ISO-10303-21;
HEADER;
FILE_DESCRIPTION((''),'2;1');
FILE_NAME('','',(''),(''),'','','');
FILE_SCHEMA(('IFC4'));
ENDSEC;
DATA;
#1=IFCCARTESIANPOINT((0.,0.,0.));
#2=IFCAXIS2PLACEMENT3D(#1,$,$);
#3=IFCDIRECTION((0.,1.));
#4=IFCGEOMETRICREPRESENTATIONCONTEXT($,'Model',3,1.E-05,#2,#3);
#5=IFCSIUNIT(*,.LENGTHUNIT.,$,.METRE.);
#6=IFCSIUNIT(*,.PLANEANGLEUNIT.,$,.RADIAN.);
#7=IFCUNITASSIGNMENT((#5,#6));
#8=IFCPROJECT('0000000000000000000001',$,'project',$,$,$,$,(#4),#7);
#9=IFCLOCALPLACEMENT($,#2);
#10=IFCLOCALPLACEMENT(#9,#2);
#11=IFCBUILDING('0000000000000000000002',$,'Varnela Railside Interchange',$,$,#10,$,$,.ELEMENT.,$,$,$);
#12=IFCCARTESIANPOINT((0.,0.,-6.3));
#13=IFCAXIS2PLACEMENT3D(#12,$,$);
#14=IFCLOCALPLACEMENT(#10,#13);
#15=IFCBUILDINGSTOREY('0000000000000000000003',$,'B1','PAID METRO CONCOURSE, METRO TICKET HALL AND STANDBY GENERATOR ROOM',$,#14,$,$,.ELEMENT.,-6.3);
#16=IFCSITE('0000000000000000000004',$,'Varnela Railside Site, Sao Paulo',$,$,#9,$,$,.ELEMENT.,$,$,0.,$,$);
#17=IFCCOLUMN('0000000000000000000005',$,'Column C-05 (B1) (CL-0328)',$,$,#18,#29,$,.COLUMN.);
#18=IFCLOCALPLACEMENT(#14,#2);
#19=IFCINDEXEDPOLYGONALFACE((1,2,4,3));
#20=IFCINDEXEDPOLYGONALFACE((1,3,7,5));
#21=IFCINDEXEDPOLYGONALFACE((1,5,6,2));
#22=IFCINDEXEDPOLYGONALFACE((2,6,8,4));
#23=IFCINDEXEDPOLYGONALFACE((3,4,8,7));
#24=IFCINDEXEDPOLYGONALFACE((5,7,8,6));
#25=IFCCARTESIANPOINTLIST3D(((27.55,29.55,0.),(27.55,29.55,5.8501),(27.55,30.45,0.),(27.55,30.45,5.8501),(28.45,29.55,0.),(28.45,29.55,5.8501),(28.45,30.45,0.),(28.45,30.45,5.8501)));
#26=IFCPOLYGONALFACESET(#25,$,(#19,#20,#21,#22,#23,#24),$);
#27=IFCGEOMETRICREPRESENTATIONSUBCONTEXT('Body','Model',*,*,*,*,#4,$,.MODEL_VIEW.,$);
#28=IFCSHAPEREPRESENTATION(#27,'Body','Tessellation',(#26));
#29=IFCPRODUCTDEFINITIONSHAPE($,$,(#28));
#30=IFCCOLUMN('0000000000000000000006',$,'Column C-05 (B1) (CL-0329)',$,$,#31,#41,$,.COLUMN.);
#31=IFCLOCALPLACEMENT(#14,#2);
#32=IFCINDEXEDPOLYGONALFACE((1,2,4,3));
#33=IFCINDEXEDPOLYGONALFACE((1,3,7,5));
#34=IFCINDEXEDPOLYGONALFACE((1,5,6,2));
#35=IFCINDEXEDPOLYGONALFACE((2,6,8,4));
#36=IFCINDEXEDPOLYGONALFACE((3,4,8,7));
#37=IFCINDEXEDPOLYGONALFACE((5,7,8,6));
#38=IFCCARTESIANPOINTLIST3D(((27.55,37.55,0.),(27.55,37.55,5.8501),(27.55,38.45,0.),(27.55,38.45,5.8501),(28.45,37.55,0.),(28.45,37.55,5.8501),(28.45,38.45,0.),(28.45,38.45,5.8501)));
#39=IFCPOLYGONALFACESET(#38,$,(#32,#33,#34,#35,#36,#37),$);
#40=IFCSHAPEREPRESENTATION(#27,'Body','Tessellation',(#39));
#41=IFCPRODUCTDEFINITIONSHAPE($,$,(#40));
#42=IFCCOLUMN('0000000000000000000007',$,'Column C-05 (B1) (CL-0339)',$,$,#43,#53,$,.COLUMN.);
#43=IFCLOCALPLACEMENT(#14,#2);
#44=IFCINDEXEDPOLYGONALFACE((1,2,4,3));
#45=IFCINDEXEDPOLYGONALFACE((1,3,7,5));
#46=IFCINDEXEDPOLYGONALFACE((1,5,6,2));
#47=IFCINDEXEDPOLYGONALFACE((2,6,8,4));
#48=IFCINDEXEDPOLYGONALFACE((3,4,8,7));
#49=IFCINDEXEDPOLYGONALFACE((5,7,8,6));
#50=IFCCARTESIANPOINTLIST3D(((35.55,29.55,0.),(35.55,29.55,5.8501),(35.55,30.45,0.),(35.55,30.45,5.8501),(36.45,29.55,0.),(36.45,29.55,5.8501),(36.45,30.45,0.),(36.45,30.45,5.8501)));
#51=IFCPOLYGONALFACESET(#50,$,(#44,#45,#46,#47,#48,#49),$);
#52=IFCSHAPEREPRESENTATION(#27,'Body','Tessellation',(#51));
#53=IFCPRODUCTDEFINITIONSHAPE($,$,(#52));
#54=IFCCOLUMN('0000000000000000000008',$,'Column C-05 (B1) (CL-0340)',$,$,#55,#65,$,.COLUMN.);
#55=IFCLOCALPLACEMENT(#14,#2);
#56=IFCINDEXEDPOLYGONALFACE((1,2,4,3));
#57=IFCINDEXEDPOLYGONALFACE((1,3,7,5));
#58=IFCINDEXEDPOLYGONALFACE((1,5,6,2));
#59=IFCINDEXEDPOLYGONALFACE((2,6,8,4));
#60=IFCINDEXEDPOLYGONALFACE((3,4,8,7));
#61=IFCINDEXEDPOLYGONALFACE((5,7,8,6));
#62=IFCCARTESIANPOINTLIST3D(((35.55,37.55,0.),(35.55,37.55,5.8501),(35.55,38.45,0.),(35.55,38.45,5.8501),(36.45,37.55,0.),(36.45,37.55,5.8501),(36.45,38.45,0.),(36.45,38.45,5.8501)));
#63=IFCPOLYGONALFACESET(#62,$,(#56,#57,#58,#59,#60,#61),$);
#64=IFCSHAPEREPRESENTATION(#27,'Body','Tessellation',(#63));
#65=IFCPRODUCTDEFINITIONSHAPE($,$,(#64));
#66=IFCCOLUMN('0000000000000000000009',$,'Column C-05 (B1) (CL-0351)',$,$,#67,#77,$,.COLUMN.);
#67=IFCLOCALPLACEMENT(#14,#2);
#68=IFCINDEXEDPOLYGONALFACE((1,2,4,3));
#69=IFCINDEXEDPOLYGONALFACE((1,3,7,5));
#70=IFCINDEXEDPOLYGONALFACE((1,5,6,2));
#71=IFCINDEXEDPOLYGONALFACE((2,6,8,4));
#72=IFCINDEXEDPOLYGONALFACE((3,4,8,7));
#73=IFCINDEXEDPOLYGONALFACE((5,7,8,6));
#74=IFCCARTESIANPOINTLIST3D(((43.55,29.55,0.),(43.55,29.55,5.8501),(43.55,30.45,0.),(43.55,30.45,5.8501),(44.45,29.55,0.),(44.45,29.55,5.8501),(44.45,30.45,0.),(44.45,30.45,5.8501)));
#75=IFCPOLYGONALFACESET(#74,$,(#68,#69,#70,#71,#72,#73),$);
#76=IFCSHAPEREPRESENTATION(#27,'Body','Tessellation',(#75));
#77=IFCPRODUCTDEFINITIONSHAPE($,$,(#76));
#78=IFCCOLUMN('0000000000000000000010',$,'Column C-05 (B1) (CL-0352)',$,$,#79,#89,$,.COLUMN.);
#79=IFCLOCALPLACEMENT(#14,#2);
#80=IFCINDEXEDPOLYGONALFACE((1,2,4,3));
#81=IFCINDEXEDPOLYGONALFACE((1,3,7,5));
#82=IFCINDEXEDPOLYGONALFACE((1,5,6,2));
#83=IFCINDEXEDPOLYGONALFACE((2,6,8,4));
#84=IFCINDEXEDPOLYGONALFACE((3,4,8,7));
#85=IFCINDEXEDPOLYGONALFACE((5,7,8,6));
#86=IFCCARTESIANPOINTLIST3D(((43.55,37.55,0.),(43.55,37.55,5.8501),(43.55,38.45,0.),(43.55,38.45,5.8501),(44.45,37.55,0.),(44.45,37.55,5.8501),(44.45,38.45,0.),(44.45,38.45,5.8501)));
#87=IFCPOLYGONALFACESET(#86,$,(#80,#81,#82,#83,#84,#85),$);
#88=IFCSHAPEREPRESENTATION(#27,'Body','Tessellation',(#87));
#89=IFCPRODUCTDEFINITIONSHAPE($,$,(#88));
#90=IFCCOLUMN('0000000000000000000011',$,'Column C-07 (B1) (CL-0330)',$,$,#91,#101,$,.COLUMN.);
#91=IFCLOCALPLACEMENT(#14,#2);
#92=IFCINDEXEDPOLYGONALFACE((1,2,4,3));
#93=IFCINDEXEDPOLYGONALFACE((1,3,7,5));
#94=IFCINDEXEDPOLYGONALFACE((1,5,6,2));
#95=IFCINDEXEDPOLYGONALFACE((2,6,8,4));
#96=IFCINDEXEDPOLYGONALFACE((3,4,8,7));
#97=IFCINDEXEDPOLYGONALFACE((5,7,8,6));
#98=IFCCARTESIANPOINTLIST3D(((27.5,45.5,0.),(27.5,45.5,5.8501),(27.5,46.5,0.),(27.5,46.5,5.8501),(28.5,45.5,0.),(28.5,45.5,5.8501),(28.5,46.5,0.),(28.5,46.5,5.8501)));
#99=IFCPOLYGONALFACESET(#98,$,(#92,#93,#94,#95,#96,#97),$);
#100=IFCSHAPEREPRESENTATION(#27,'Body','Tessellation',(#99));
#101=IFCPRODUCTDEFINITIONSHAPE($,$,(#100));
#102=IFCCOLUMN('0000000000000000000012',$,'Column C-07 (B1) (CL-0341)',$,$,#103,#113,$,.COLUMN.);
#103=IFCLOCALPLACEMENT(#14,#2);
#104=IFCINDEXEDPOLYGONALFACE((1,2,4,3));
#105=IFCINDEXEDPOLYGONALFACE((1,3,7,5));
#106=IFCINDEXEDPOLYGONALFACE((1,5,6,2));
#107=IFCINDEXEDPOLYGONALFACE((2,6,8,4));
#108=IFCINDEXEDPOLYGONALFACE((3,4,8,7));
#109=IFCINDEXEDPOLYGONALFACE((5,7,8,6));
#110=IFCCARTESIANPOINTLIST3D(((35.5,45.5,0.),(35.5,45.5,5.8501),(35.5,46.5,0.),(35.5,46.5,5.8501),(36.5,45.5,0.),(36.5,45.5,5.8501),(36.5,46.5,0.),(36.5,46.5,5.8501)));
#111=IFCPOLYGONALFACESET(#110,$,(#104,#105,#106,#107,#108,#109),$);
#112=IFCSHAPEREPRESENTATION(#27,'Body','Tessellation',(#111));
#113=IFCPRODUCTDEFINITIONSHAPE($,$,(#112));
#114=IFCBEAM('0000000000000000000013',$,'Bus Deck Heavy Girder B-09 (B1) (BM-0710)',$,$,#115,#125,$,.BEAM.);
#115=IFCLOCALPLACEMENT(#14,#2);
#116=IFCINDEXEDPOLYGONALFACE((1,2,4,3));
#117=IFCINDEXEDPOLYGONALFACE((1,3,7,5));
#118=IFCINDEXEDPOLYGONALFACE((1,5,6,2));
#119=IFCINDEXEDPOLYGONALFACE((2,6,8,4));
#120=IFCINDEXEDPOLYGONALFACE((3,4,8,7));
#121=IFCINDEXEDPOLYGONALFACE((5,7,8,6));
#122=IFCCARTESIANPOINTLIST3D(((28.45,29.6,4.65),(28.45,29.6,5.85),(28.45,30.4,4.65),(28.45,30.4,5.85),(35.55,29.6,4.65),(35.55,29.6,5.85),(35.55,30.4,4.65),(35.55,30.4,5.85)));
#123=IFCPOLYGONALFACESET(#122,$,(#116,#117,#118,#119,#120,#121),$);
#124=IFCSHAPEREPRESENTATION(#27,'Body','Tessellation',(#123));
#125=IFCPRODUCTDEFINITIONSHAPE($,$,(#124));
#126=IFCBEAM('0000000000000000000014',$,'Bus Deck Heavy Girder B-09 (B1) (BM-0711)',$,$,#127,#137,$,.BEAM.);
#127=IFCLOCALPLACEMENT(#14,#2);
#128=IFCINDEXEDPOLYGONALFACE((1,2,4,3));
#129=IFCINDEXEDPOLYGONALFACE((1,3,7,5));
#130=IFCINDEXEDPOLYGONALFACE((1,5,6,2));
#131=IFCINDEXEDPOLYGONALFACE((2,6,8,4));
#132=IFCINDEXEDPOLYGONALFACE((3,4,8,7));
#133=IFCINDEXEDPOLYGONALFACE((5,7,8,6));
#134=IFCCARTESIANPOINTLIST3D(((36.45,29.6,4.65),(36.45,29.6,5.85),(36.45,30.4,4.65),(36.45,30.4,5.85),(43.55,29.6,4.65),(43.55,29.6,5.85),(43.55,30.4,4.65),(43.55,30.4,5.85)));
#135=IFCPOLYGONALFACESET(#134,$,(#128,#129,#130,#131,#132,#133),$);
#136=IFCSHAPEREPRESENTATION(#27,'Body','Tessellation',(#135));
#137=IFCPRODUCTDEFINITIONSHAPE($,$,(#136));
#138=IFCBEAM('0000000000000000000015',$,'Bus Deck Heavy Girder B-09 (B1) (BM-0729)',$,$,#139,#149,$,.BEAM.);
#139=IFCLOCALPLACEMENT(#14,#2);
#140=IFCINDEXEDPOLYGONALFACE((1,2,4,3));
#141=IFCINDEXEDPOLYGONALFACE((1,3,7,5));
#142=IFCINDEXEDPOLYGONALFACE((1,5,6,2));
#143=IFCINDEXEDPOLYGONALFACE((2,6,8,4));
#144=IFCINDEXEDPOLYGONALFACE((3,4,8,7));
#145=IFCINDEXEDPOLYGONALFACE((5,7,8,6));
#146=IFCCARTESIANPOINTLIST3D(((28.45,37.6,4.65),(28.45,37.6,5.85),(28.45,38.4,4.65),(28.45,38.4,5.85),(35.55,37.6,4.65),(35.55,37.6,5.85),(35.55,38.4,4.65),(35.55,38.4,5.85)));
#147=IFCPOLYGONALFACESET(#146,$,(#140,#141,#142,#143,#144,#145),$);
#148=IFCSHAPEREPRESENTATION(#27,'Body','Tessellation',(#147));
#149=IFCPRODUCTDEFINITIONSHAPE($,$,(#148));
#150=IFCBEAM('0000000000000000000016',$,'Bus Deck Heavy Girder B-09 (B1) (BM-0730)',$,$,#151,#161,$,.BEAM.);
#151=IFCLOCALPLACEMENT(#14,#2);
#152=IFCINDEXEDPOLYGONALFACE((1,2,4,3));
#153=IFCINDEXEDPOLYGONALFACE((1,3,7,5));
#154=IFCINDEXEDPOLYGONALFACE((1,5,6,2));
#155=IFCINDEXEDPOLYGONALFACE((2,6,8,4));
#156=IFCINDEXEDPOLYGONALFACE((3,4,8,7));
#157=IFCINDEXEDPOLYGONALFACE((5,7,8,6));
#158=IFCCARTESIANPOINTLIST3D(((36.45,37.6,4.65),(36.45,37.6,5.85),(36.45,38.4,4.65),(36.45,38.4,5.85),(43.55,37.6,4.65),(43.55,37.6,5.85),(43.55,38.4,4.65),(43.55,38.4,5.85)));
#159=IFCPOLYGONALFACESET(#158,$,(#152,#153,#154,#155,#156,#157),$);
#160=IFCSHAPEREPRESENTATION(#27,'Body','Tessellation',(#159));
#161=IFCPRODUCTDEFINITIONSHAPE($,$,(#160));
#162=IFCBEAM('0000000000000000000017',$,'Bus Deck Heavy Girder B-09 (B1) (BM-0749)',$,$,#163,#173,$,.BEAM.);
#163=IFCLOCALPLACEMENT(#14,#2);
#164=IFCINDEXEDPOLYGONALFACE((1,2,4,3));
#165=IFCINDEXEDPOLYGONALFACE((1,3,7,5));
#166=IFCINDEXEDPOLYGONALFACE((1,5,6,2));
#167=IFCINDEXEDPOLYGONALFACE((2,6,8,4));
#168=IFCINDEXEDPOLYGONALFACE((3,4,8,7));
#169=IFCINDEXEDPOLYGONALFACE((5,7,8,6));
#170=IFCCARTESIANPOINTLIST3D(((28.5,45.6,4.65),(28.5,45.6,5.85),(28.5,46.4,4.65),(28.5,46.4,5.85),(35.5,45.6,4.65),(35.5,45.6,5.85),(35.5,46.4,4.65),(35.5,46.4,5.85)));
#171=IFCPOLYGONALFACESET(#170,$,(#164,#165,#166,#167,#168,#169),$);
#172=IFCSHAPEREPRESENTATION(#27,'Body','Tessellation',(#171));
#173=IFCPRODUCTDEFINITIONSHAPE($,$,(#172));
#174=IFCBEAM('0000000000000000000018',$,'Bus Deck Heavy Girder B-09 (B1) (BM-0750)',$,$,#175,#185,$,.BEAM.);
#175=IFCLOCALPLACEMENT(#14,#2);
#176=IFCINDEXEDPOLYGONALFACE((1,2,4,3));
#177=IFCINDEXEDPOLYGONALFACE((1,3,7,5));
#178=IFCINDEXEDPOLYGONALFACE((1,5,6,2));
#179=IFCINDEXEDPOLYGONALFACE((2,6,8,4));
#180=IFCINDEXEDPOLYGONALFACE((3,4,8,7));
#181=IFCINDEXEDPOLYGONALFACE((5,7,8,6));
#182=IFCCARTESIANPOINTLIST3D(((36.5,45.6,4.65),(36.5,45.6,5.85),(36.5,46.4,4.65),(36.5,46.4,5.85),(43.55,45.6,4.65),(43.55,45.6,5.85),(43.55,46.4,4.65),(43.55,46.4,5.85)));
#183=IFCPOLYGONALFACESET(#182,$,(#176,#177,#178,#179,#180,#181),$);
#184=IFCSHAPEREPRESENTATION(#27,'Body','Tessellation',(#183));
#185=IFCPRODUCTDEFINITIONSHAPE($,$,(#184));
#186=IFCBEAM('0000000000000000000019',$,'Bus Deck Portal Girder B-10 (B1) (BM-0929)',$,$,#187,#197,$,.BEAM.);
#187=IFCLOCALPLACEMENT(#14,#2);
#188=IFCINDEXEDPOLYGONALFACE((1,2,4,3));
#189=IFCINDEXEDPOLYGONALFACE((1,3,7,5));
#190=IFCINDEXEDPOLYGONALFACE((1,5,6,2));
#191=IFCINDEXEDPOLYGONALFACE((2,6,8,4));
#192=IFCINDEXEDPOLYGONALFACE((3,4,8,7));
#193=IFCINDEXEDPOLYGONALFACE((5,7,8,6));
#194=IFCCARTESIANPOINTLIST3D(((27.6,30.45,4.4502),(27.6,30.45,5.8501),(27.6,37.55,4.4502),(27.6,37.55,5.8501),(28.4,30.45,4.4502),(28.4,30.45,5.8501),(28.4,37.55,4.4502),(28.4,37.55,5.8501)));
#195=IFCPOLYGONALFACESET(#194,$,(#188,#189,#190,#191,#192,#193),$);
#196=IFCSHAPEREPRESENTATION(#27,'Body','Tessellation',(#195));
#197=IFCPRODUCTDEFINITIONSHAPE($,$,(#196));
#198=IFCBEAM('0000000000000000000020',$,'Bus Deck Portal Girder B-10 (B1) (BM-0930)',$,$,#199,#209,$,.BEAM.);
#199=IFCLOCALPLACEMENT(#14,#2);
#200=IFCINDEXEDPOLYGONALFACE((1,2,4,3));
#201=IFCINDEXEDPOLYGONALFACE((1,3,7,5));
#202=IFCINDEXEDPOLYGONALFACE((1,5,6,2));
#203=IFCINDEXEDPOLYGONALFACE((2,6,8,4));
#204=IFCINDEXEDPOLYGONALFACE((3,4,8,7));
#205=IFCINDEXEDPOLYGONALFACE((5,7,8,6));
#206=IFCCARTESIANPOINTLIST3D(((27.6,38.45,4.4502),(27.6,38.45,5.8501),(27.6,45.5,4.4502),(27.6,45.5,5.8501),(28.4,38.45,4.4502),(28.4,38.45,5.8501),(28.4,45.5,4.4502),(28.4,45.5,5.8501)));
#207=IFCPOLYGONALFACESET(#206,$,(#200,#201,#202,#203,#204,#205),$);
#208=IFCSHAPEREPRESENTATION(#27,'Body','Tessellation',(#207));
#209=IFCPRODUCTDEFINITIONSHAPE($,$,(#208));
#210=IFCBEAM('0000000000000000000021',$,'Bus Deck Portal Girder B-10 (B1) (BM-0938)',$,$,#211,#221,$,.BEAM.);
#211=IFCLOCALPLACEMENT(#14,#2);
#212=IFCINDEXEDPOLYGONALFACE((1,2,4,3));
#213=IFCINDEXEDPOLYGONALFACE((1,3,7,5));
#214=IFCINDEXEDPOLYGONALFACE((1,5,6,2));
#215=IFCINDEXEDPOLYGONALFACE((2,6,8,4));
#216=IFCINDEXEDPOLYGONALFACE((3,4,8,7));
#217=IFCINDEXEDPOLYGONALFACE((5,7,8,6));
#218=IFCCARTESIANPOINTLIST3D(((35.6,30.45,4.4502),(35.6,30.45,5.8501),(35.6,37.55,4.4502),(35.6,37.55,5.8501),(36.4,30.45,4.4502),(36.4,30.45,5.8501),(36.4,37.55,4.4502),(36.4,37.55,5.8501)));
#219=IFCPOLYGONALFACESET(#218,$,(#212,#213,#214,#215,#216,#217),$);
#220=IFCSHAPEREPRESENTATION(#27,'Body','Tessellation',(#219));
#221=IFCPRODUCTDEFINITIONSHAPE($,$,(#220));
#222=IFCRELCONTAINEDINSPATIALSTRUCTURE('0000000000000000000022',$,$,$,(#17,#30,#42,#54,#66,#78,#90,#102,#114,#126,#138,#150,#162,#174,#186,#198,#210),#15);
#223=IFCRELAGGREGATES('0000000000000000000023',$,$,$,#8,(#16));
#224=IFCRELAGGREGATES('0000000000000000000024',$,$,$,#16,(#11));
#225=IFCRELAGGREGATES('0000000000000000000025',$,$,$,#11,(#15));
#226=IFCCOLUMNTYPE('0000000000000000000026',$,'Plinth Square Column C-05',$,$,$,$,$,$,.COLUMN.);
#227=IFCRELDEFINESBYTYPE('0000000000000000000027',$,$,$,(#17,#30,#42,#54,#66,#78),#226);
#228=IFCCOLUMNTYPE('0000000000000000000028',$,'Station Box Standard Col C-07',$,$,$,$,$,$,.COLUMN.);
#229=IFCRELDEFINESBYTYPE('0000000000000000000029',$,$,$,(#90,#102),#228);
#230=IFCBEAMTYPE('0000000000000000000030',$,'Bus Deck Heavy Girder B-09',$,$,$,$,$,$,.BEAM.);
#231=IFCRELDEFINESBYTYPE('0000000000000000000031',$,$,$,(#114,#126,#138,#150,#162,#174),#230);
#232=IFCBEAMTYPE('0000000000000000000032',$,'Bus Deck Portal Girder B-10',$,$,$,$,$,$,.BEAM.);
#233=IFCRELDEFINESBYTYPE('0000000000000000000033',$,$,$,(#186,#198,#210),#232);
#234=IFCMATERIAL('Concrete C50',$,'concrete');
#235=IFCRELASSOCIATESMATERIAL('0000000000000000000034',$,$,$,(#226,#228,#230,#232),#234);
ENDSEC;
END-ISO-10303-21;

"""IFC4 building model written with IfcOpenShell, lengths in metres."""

from ifc_helpers import new_model, si_unit, direction, frame, origin, origin_2d, place, context, subcontext, project, spatial, rectangle, extrude, material, material_profile, profile_set, type_object, element, save


model = new_model("IFC4")

# Units and contexts
model_context = context("Model", 3, precision=1e-05, world=origin(), true_north=direction((0.0, 1.0)))
body_context = subcontext(model_context, "Body", "Model", "MODEL_VIEW")
ifc_project = project(units=[si_unit("LENGTHUNIT", "METRE"), si_unit("PLANEANGLEUNIT", "RADIAN")], contexts=[model_context])

# Site, building, storey
site_placement = place(None, origin())
site = spatial("IfcSite", under=ifc_project, at=site_placement, Name="Varnela Railside Site, Sao Paulo", CompositionType="ELEMENT", RefElevation=0.0)
building_placement = place(site_placement, origin())
building = spatial("IfcBuilding", under=site, at=building_placement, Name="Varnela Railside Interchange", CompositionType="ELEMENT")
storey_placement = place(building_placement, frame((0.0, 0.0, -6.3)))
storey = spatial("IfcBuildingStorey", under=building, at=storey_placement, Name="B1", Description="PAID METRO CONCOURSE, METRO TICKET HALL AND STANDBY GENERATOR ROOM", CompositionType="ELEMENT", Elevation=-6.3)

# Columns
ifc_material_1 = material(Name="Concrete C50", Category="concrete")
ifc_material_profile_1 = material_profile(ifc_material_1, rectangle(XDim=0.8999, YDim=0.8999, at=origin_2d()), Name="RC 900x900")
ifc_profile_set_1 = profile_set([ifc_material_profile_1], Name="Concrete C50")
column_type_1 = type_object("IfcColumnType", Name="Plinth Square Column C-05", PredefinedType="COLUMN", material=ifc_profile_set_1)
for number, where, z_axis, x_axis, name in (
    (1, (28.0, 30.0, 0.0), (0.0, 0.0, 1.0), (1.0, 0.0, 0.0), "Column C-05 (B1) (CL-0328)"),
    (2, (28.0, 38.0, 0.0), (0.0, 0.0, 1.0), (1.0, 0.0, 0.0), "Column C-05 (B1) (CL-0329)"),
    (3, (36.0, 30.0, 0.0), (0.0, 0.0, 1.0), (1.0, 0.0, 0.0), "Column C-05 (B1) (CL-0339)"),
    (4, (36.0, 38.0, 0.0), (0.0, 0.0, 1.0), (1.0, 0.0, 0.0), "Column C-05 (B1) (CL-0340)"),
    (5, (44.0, 30.0, 0.0), (0.0, 0.0, 1.0), (1.0, 0.0, 0.0), "Column C-05 (B1) (CL-0351)"),
    (6, (44.0, 38.0, 0.0), (0.0, 0.0, 1.0), (1.0, 0.0, 0.0), "Column C-05 (B1) (CL-0352)"),
):
    element("IfcColumn", number, at=place(storey_placement, frame(where, z_axis=z_axis, x_axis=x_axis)), inside=storey, type_object=column_type_1, Name=name, PredefinedType="COLUMN", context=body_context, shape_type="SweptSolid", body=[
        extrude(rectangle(XDim=0.8999, YDim=0.8999, at=origin_2d()), origin(), (0.0, 0.0, 1.0), 5.8501),
    ])
ifc_material_profile_2 = material_profile(ifc_material_1, rectangle(XDim=1.0, YDim=1.0, at=origin_2d()), Name="RC 1000x1000")
ifc_profile_set_2 = profile_set([ifc_material_profile_2], Name="Concrete C50")
column_type_2 = type_object("IfcColumnType", Name="Station Box Standard Col C-07", PredefinedType="COLUMN", material=ifc_profile_set_2)
for number, where, z_axis, x_axis, name in (
    (7, (28.0, 46.0, 0.0), (0.0, 0.0, 1.0), (1.0, 0.0, 0.0), "Column C-07 (B1) (CL-0330)"),
    (8, (36.0, 46.0, 0.0), (0.0, 0.0, 1.0), (1.0, 0.0, 0.0), "Column C-07 (B1) (CL-0341)"),
):
    element("IfcColumn", number, at=place(storey_placement, frame(where, z_axis=z_axis, x_axis=x_axis)), inside=storey, type_object=column_type_2, Name=name, PredefinedType="COLUMN", context=body_context, shape_type="SweptSolid", body=[
        extrude(rectangle(XDim=1.0, YDim=1.0, at=origin_2d()), origin(), (0.0, 0.0, 1.0), 5.8501),
    ])

# Beams
ifc_material_profile_3 = material_profile(ifc_material_1, rectangle(XDim=0.8, YDim=1.2, at=origin_2d()), Name="RC 800x1200")
ifc_profile_set_3 = profile_set([ifc_material_profile_3], Name="Concrete C50")
beam_type_1 = type_object("IfcBeamType", Name="Bus Deck Heavy Girder B-09", PredefinedType="BEAM", material=ifc_profile_set_3)
for number, where, z_axis, x_axis, name in (
    (9, (28.45, 30.0, 5.25), (1.0, 0.0, 0.0), (0.0, 1.0, 0.0), "Bus Deck Heavy Girder B-09 (B1) (BM-0710)"),
    (10, (36.45, 30.0, 5.25), (1.0, 0.0, 0.0), (0.0, 1.0, 0.0), "Bus Deck Heavy Girder B-09 (B1) (BM-0711)"),
    (11, (28.45, 38.0, 5.25), (1.0, 0.0, 0.0), (0.0, 1.0, 0.0), "Bus Deck Heavy Girder B-09 (B1) (BM-0729)"),
    (12, (36.45, 38.0, 5.25), (1.0, 0.0, 0.0), (0.0, 1.0, 0.0), "Bus Deck Heavy Girder B-09 (B1) (BM-0730)"),
):
    element("IfcBeam", number, at=place(storey_placement, frame(where, z_axis=z_axis, x_axis=x_axis)), inside=storey, type_object=beam_type_1, Name=name, PredefinedType="BEAM", context=body_context, shape_type="SweptSolid", body=[
        extrude(rectangle(XDim=0.8, YDim=1.2, at=origin_2d()), origin(), (0.0, 0.0, 1.0), 7.1001),
    ])
beam_1_placement = place(storey_placement, frame((28.5, 46.0, 5.25), z_axis=(1.0, 0.0, 0.0), x_axis=(0.0, 1.0, 0.0)))
element("IfcBeam", 13, at=beam_1_placement, inside=storey, type_object=beam_type_1, Name="Bus Deck Heavy Girder B-09 (B1) (BM-0749)", PredefinedType="BEAM", context=body_context, shape_type="SweptSolid", body=[
    extrude(rectangle(XDim=0.8, YDim=1.2, at=origin_2d()), origin(), (0.0, 0.0, 1.0), 7.0),
])
beam_2_placement = place(storey_placement, frame((36.5, 46.0, 5.25), z_axis=(1.0, 0.0, 0.0), x_axis=(0.0, 1.0, 0.0)))
element("IfcBeam", 14, at=beam_2_placement, inside=storey, type_object=beam_type_1, Name="Bus Deck Heavy Girder B-09 (B1) (BM-0750)", PredefinedType="BEAM", context=body_context, shape_type="SweptSolid", body=[
    extrude(rectangle(XDim=0.8, YDim=1.2, at=origin_2d()), origin(), (0.0, 0.0, 1.0), 7.05),
])
ifc_material_profile_4 = material_profile(ifc_material_1, rectangle(XDim=0.8, YDim=1.3999, at=origin_2d()), Name="RC 800x1400")
ifc_profile_set_4 = profile_set([ifc_material_profile_4], Name="Concrete C50")
beam_type_2 = type_object("IfcBeamType", Name="Bus Deck Portal Girder B-10", PredefinedType="BEAM", material=ifc_profile_set_4)
beam_3_placement = place(storey_placement, frame((28.0, 30.45, 5.1501), z_axis=(0.0, 1.0, 0.0), x_axis=(-1.0, 0.0, 0.0)))
element("IfcBeam", 15, at=beam_3_placement, inside=storey, type_object=beam_type_2, Name="Bus Deck Portal Girder B-10 (B1) (BM-0929)", PredefinedType="BEAM", context=body_context, shape_type="SweptSolid", body=[
    extrude(rectangle(XDim=0.8, YDim=1.3999, at=origin_2d()), origin(), (0.0, 0.0, 1.0), 7.1001),
])
beam_4_placement = place(storey_placement, frame((28.0, 38.45, 5.1501), z_axis=(0.0, 1.0, 0.0), x_axis=(-1.0, 0.0, 0.0)))
element("IfcBeam", 16, at=beam_4_placement, inside=storey, type_object=beam_type_2, Name="Bus Deck Portal Girder B-10 (B1) (BM-0930)", PredefinedType="BEAM", context=body_context, shape_type="SweptSolid", body=[
    extrude(rectangle(XDim=0.8, YDim=1.3999, at=origin_2d()), origin(), (0.0, 0.0, 1.0), 7.05),
])
beam_5_placement = place(storey_placement, frame((36.0, 30.45, 5.1501), z_axis=(0.0, 1.0, 0.0), x_axis=(-1.0, 0.0, 0.0)))
element("IfcBeam", 17, at=beam_5_placement, inside=storey, type_object=beam_type_2, Name="Bus Deck Portal Girder B-10 (B1) (BM-0938)", PredefinedType="BEAM", context=body_context, shape_type="SweptSolid", body=[
    extrude(rectangle(XDim=0.8, YDim=1.3999, at=origin_2d()), origin(), (0.0, 0.0, 1.0), 7.1001),
])

save(model, "model.ifc")
